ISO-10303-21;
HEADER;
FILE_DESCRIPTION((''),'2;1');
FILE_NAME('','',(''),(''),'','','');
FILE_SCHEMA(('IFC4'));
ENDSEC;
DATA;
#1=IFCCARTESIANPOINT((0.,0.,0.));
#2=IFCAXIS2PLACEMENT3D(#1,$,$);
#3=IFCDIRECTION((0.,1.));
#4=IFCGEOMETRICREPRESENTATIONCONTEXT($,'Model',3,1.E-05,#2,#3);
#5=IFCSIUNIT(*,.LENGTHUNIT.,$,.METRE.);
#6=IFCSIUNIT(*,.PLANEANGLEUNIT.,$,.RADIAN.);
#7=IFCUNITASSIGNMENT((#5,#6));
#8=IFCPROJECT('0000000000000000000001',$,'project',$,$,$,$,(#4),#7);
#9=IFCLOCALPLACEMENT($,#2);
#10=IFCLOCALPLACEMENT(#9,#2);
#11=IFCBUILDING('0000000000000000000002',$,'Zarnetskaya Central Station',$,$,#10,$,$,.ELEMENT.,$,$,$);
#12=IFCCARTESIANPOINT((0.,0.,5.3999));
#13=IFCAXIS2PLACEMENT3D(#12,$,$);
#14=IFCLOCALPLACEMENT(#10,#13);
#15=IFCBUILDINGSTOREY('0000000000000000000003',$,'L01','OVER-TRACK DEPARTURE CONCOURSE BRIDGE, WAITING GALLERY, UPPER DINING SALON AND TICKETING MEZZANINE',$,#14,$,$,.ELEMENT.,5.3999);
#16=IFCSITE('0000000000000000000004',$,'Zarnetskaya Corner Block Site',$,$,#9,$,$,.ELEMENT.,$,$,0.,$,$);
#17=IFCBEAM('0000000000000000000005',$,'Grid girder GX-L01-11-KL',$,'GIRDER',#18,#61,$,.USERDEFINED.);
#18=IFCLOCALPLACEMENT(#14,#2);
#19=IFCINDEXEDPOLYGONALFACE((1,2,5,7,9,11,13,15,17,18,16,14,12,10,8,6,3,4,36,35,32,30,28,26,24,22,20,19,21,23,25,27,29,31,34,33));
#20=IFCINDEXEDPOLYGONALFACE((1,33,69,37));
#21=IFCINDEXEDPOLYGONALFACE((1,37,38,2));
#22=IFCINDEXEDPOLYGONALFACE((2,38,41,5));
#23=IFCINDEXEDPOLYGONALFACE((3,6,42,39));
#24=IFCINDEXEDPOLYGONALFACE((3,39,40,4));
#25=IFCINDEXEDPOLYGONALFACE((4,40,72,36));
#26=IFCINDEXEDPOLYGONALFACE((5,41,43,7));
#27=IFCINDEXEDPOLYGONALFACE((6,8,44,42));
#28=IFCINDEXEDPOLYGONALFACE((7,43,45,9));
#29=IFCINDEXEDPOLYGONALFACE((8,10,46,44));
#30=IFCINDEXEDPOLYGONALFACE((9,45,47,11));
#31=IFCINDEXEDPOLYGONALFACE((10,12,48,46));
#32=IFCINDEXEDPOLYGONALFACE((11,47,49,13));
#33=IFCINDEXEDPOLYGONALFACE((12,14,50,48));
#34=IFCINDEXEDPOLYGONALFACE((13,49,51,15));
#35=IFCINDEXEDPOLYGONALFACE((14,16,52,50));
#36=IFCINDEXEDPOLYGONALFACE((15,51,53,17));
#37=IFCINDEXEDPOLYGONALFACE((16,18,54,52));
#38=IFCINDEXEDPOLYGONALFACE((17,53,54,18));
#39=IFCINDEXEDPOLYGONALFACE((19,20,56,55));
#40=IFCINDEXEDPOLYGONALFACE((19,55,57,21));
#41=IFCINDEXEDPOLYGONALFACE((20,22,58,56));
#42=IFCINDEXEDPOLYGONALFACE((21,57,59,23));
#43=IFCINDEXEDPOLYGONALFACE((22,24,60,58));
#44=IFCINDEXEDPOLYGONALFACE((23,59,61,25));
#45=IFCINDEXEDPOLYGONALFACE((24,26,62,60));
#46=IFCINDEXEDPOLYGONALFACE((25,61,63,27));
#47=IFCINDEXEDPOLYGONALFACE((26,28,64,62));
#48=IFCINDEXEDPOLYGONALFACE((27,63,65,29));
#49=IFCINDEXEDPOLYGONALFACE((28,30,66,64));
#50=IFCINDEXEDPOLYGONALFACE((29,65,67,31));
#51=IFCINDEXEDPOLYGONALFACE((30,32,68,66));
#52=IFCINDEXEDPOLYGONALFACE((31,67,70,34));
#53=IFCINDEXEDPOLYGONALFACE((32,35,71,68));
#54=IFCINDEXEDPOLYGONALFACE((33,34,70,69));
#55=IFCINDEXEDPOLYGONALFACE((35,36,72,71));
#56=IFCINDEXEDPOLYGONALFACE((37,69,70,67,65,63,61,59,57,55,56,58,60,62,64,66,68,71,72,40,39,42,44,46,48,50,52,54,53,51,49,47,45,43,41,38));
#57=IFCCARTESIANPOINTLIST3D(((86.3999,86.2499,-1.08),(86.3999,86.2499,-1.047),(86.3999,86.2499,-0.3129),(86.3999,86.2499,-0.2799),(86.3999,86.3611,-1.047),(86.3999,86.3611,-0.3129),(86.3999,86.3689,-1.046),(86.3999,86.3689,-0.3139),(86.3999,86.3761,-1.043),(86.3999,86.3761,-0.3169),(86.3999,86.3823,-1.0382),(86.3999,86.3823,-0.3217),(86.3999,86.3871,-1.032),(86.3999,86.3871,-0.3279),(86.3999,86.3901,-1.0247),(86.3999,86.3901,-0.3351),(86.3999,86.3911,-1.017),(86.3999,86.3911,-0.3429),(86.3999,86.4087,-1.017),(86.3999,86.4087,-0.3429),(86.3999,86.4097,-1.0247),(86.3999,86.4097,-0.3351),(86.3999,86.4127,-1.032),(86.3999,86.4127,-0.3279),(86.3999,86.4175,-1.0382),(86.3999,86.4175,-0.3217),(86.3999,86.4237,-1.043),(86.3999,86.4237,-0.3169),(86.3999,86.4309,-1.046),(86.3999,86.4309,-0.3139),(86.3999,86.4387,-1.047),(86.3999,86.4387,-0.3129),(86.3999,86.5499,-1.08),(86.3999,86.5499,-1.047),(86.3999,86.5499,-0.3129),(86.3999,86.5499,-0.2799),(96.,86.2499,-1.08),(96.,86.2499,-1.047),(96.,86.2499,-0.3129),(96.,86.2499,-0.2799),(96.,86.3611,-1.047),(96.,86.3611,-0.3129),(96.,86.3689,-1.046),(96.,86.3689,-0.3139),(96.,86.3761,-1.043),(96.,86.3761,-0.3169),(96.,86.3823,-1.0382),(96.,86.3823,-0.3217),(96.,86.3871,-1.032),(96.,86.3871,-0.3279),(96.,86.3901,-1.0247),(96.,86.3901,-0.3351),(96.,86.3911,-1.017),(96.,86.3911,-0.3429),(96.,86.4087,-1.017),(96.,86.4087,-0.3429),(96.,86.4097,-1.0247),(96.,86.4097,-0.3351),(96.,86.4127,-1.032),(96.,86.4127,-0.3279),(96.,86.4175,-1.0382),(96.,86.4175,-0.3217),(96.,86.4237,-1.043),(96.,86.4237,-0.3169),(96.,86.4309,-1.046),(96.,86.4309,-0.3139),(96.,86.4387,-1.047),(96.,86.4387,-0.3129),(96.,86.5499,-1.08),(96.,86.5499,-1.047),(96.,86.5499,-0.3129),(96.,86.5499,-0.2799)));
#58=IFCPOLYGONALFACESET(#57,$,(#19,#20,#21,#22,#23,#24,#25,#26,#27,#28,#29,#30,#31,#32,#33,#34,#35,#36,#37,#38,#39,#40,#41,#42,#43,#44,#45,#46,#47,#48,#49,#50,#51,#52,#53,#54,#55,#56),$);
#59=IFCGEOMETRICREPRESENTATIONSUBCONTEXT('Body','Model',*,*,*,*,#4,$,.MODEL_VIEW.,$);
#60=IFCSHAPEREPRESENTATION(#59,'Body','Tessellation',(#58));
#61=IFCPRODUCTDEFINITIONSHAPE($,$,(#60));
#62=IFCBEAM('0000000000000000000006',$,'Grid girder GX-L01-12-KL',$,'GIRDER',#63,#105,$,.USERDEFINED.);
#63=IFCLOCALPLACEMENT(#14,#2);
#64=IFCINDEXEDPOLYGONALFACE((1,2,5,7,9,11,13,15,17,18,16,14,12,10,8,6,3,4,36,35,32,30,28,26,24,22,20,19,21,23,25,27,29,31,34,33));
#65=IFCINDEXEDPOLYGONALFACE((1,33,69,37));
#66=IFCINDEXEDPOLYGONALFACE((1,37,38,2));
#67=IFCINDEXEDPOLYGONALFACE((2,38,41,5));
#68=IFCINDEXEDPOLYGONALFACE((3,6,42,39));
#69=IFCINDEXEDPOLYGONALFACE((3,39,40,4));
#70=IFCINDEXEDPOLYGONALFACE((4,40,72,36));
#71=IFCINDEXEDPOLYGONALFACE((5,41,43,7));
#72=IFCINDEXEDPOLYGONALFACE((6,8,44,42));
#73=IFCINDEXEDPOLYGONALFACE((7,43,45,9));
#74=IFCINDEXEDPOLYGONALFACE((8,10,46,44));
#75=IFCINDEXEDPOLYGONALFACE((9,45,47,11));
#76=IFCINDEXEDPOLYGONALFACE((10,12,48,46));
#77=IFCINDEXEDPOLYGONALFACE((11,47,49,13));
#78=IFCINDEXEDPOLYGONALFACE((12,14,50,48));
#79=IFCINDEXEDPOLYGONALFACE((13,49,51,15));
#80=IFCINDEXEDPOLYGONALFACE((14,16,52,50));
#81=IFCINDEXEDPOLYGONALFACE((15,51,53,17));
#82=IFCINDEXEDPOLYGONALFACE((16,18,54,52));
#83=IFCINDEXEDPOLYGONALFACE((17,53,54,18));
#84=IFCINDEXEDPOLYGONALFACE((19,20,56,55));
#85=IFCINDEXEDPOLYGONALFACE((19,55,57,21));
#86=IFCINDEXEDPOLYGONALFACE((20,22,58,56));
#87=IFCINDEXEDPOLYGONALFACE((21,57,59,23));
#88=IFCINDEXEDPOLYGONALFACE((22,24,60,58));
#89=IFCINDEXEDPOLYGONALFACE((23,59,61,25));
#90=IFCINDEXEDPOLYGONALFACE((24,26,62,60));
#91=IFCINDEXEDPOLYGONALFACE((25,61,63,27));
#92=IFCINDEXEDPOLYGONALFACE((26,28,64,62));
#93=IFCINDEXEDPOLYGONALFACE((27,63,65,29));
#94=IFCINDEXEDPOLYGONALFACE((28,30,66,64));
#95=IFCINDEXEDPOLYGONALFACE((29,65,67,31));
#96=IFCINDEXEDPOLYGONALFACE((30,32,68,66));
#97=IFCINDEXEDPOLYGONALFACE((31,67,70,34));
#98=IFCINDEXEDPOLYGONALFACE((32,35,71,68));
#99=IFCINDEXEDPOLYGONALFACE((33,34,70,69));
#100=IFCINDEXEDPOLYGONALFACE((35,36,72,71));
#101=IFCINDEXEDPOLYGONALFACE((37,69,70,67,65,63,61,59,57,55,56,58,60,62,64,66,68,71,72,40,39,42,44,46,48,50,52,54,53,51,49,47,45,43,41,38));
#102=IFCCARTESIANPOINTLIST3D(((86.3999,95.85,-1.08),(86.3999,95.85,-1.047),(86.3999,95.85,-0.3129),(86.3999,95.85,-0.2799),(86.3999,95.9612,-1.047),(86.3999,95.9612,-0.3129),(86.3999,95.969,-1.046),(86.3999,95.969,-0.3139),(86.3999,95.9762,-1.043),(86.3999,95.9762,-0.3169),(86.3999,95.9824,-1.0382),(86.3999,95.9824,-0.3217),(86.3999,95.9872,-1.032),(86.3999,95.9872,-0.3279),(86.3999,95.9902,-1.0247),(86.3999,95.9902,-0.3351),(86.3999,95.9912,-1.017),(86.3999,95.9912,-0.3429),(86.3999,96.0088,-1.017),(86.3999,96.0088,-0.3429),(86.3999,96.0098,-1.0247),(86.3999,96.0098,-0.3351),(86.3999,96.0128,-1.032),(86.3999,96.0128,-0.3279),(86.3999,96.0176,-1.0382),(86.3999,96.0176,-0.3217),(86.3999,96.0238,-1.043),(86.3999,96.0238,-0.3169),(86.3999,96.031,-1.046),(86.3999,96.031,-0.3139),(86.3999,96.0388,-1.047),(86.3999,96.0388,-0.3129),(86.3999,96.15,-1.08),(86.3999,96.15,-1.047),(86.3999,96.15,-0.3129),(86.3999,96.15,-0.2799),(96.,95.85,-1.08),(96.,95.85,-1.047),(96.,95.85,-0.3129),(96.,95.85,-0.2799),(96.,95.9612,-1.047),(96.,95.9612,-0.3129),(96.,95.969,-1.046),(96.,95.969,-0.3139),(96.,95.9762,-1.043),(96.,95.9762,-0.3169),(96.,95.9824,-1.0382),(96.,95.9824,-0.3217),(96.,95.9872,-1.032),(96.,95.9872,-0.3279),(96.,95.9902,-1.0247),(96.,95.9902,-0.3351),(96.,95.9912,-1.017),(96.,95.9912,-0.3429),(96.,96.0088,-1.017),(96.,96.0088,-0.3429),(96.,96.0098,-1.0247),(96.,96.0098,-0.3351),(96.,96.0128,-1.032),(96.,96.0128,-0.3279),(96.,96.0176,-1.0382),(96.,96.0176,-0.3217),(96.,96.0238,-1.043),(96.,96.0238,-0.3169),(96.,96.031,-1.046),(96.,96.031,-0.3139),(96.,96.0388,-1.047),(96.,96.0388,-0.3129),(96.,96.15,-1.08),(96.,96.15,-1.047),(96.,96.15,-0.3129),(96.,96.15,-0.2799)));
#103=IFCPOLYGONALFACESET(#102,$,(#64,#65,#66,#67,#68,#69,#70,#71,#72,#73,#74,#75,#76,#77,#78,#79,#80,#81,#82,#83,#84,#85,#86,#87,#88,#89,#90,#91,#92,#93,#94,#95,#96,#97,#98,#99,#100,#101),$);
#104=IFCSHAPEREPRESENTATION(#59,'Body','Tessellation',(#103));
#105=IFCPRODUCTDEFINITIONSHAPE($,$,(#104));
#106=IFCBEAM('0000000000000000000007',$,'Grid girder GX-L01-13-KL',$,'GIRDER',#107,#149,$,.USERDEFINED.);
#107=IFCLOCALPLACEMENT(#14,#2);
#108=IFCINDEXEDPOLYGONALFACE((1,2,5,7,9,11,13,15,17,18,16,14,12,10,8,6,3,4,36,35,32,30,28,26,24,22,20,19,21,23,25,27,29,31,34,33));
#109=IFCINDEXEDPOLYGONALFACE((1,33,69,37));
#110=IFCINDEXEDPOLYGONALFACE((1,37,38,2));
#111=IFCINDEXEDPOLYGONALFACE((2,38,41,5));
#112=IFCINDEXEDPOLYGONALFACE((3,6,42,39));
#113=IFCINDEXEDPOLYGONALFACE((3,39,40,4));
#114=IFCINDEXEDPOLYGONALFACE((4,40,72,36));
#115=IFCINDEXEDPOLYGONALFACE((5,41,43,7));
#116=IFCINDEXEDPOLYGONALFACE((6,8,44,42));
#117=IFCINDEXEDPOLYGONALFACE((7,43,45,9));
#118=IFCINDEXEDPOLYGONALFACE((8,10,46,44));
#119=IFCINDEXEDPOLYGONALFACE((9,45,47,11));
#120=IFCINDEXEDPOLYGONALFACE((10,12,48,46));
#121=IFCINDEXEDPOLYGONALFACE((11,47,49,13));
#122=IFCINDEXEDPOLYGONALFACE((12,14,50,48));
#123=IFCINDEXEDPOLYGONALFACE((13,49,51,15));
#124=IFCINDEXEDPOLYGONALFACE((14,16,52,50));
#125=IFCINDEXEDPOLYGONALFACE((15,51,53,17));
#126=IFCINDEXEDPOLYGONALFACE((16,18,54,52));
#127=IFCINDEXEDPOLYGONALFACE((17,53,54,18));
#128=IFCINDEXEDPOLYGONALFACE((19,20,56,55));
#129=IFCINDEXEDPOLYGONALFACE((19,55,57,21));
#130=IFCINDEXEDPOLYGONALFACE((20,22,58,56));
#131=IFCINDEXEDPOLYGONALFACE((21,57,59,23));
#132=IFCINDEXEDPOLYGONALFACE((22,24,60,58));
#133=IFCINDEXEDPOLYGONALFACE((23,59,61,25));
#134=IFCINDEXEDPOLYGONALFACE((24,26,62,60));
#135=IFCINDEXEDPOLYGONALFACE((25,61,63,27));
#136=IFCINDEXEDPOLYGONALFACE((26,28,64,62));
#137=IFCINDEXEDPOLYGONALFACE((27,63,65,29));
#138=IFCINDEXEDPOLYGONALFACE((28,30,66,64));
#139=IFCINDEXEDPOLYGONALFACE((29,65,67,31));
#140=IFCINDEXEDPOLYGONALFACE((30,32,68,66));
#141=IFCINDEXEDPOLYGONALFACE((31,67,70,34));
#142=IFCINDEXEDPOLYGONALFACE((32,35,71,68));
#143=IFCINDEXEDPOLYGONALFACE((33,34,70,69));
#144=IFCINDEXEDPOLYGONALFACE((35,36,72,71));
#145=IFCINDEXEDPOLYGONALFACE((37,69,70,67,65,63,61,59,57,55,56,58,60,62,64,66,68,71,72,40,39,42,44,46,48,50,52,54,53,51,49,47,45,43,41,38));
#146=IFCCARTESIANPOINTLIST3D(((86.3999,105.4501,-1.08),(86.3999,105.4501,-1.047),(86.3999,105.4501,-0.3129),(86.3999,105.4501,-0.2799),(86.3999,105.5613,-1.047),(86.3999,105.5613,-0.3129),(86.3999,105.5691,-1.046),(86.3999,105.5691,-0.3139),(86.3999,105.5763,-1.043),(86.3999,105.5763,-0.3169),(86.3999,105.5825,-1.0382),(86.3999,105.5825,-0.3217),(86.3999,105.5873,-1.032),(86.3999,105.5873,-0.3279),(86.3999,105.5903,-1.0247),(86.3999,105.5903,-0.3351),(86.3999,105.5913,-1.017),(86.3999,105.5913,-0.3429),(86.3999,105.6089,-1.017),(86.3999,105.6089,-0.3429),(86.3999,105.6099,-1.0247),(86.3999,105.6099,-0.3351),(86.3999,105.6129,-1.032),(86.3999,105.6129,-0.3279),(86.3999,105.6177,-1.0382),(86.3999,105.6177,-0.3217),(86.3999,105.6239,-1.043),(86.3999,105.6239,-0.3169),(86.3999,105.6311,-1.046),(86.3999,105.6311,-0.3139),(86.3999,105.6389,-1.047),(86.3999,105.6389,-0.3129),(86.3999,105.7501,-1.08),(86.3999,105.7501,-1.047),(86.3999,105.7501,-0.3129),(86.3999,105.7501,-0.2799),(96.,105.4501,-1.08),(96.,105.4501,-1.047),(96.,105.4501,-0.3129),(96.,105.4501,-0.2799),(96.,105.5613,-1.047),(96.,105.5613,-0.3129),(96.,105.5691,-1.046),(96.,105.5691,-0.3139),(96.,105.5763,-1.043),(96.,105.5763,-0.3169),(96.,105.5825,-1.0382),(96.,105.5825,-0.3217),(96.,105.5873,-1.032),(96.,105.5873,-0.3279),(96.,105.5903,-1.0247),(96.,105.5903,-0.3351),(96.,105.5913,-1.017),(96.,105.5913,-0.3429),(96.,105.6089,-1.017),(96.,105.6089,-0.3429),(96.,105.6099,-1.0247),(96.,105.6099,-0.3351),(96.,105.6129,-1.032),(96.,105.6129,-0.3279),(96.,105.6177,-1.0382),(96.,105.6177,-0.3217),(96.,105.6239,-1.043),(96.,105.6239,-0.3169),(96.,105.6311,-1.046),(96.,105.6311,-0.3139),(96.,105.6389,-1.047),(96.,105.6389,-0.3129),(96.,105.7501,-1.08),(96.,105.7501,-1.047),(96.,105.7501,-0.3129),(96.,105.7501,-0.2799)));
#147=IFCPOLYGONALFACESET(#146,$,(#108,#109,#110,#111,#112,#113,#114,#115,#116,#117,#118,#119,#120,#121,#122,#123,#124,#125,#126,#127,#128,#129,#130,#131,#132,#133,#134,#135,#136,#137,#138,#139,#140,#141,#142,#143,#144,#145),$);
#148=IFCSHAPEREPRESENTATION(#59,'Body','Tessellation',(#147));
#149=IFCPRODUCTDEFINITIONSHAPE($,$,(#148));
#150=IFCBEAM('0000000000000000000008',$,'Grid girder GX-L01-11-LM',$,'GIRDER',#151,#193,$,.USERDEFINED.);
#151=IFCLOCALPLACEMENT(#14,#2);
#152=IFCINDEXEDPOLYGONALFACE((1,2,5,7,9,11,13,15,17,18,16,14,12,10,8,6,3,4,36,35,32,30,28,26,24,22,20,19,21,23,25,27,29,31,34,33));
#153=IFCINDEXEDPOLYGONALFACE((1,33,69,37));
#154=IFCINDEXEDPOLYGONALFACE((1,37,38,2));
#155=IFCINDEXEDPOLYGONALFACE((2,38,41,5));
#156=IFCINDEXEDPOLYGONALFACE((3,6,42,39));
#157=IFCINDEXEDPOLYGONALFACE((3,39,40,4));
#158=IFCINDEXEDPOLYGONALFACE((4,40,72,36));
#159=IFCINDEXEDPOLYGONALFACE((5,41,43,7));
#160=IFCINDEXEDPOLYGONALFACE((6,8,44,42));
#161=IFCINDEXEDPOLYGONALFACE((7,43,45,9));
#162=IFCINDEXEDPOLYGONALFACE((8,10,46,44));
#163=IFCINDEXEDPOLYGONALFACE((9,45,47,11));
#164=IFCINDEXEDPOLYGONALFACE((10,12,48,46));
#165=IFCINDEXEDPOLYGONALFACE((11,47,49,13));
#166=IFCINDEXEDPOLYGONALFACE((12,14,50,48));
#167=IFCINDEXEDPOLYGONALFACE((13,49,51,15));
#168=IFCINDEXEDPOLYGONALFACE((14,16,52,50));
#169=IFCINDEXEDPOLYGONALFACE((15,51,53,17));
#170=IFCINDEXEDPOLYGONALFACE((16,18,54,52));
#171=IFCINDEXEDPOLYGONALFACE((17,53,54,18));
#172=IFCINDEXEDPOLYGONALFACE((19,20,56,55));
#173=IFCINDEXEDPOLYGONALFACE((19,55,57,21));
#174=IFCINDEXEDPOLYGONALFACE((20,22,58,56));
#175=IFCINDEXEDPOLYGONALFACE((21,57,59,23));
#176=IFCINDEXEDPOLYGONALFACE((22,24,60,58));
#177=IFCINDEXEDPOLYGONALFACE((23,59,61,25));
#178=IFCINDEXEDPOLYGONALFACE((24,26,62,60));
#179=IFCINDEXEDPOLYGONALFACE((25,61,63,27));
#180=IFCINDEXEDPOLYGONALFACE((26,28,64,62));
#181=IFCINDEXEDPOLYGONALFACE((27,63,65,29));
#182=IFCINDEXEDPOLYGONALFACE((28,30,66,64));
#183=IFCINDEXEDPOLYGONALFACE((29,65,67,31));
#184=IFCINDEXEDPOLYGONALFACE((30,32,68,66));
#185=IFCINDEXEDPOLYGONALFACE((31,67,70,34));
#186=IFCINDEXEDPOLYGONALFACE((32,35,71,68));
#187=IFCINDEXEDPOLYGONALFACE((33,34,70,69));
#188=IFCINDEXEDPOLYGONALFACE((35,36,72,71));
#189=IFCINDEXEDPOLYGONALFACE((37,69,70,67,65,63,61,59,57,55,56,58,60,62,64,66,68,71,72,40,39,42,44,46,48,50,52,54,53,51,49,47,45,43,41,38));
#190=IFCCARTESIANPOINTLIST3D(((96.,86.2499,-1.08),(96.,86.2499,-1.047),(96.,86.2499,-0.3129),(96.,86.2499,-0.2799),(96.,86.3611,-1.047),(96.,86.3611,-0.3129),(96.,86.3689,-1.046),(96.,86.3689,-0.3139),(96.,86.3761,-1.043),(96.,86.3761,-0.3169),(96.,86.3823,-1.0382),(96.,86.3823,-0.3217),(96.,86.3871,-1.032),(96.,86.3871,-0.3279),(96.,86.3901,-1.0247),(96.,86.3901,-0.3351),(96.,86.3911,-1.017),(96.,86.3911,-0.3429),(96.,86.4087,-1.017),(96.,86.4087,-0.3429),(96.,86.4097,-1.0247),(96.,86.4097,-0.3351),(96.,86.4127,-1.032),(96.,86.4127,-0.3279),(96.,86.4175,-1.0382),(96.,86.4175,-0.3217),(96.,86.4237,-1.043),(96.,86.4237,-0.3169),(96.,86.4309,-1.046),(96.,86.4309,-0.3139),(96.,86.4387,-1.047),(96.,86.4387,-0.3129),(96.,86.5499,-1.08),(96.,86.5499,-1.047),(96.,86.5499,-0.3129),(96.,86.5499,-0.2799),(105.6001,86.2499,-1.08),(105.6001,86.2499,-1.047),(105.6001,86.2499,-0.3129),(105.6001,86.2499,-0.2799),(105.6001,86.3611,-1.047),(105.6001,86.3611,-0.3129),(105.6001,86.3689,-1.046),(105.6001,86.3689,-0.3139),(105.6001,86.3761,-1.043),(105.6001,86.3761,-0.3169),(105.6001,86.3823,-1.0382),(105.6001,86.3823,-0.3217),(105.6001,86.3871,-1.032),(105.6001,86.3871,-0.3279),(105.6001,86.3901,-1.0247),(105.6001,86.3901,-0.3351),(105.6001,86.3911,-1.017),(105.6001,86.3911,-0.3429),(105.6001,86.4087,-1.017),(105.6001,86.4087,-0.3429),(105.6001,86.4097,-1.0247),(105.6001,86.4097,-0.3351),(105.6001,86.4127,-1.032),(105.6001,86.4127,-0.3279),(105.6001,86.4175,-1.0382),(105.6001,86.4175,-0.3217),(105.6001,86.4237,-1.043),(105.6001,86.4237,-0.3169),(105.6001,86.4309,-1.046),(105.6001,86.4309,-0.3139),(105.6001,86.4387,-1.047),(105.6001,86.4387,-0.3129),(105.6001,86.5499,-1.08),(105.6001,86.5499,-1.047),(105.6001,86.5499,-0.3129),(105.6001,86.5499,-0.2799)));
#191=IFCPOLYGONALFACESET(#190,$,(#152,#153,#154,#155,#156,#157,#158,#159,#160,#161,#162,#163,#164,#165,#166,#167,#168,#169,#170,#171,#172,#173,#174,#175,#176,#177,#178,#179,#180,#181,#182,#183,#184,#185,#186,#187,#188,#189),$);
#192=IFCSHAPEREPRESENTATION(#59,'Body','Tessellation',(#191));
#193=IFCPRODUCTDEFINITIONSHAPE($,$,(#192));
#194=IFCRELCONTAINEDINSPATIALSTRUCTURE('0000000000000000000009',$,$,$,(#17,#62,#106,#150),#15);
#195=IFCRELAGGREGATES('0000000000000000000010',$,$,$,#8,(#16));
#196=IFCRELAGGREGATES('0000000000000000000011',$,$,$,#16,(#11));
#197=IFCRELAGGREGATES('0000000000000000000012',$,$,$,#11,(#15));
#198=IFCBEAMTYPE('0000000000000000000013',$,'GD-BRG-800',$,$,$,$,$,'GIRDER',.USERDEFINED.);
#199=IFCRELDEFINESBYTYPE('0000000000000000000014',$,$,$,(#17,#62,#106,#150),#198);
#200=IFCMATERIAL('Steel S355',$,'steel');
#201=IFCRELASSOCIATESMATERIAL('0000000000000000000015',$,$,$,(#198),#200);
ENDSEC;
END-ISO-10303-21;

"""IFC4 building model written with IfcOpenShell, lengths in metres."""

from ifc_helpers import new_model, si_unit, direction, frame, origin, origin_2d, place, context, subcontext, project, spatial, i_section, extrude, material, material_profile, profile_set, type_object, element, save


model = new_model("IFC4")

# Units and contexts
model_context = context("Model", 3, precision=1e-05, world=origin(), true_north=direction((0.0, 1.0)))
body_context = subcontext(model_context, "Body", "Model", "MODEL_VIEW")
ifc_project = project(units=[si_unit("LENGTHUNIT", "METRE"), si_unit("PLANEANGLEUNIT", "RADIAN")], contexts=[model_context])

# Site, building, storey
site_placement = place(None, origin())
site = spatial("IfcSite", under=ifc_project, at=site_placement, Name="Zarnetskaya Corner Block Site", CompositionType="ELEMENT", RefElevation=0.0)
building_placement = place(site_placement, origin())
building = spatial("IfcBuilding", under=site, at=building_placement, Name="Zarnetskaya Central Station", CompositionType="ELEMENT")
storey_placement = place(building_placement, frame((0.0, 0.0, 5.3999)))
storey = spatial("IfcBuildingStorey", under=building, at=storey_placement, Name="L01", Description="OVER-TRACK DEPARTURE CONCOURSE BRIDGE, WAITING GALLERY, UPPER DINING SALON AND TICKETING MEZZANINE", CompositionType="ELEMENT", Elevation=5.3999)

# Shared definitions
ifc_material_1 = material(Name="Steel S355", Category="steel")

# Beams
ifc_material_profile_1 = material_profile(ifc_material_1, i_section(OverallWidth=0.3, OverallDepth=0.8, WebThickness=0.0176, FlangeThickness=0.033, FilletRadius=0.03, at=origin_2d()), Name="HEB 800")
ifc_profile_set_1 = profile_set([ifc_material_profile_1], Name="Steel S355")
beam_type_1 = type_object("IfcBeamType", Name="GD-BRG-800", ElementType="GIRDER", PredefinedType="USERDEFINED", material=ifc_profile_set_1)
for number, where, z_axis, x_axis, name in (
    (1, (86.3999, 86.3999, -0.6799), (1.0, 0.0, 0.0), (0.0, 1.0, 0.0), "Grid girder GX-L01-11-KL"),
    (2, (86.3999, 96.0, -0.6799), (1.0, 0.0, 0.0), (0.0, 1.0, 0.0), "Grid girder GX-L01-12-KL"),
    (3, (86.3999, 105.6001, -0.6799), (1.0, 0.0, 0.0), (0.0, 1.0, 0.0), "Grid girder GX-L01-13-KL"),
    (4, (96.0, 86.3999, -0.6799), (1.0, 0.0, 0.0), (0.0, 1.0, 0.0), "Grid girder GX-L01-11-LM"),
):
    element("IfcBeam", number, at=place(storey_placement, frame(where, z_axis=z_axis, x_axis=x_axis)), inside=storey, type_object=beam_type_1, Name=name, ObjectType="GIRDER", PredefinedType="USERDEFINED", context=body_context, shape_type="SweptSolid", body=[
        extrude(i_section(OverallWidth=0.3, OverallDepth=0.8, WebThickness=0.0176, FlangeThickness=0.033, FilletRadius=0.03, at=origin_2d()), origin(), (0.0, 0.0, 1.0), 9.6001),
    ])

save(model, "model.ifc")
